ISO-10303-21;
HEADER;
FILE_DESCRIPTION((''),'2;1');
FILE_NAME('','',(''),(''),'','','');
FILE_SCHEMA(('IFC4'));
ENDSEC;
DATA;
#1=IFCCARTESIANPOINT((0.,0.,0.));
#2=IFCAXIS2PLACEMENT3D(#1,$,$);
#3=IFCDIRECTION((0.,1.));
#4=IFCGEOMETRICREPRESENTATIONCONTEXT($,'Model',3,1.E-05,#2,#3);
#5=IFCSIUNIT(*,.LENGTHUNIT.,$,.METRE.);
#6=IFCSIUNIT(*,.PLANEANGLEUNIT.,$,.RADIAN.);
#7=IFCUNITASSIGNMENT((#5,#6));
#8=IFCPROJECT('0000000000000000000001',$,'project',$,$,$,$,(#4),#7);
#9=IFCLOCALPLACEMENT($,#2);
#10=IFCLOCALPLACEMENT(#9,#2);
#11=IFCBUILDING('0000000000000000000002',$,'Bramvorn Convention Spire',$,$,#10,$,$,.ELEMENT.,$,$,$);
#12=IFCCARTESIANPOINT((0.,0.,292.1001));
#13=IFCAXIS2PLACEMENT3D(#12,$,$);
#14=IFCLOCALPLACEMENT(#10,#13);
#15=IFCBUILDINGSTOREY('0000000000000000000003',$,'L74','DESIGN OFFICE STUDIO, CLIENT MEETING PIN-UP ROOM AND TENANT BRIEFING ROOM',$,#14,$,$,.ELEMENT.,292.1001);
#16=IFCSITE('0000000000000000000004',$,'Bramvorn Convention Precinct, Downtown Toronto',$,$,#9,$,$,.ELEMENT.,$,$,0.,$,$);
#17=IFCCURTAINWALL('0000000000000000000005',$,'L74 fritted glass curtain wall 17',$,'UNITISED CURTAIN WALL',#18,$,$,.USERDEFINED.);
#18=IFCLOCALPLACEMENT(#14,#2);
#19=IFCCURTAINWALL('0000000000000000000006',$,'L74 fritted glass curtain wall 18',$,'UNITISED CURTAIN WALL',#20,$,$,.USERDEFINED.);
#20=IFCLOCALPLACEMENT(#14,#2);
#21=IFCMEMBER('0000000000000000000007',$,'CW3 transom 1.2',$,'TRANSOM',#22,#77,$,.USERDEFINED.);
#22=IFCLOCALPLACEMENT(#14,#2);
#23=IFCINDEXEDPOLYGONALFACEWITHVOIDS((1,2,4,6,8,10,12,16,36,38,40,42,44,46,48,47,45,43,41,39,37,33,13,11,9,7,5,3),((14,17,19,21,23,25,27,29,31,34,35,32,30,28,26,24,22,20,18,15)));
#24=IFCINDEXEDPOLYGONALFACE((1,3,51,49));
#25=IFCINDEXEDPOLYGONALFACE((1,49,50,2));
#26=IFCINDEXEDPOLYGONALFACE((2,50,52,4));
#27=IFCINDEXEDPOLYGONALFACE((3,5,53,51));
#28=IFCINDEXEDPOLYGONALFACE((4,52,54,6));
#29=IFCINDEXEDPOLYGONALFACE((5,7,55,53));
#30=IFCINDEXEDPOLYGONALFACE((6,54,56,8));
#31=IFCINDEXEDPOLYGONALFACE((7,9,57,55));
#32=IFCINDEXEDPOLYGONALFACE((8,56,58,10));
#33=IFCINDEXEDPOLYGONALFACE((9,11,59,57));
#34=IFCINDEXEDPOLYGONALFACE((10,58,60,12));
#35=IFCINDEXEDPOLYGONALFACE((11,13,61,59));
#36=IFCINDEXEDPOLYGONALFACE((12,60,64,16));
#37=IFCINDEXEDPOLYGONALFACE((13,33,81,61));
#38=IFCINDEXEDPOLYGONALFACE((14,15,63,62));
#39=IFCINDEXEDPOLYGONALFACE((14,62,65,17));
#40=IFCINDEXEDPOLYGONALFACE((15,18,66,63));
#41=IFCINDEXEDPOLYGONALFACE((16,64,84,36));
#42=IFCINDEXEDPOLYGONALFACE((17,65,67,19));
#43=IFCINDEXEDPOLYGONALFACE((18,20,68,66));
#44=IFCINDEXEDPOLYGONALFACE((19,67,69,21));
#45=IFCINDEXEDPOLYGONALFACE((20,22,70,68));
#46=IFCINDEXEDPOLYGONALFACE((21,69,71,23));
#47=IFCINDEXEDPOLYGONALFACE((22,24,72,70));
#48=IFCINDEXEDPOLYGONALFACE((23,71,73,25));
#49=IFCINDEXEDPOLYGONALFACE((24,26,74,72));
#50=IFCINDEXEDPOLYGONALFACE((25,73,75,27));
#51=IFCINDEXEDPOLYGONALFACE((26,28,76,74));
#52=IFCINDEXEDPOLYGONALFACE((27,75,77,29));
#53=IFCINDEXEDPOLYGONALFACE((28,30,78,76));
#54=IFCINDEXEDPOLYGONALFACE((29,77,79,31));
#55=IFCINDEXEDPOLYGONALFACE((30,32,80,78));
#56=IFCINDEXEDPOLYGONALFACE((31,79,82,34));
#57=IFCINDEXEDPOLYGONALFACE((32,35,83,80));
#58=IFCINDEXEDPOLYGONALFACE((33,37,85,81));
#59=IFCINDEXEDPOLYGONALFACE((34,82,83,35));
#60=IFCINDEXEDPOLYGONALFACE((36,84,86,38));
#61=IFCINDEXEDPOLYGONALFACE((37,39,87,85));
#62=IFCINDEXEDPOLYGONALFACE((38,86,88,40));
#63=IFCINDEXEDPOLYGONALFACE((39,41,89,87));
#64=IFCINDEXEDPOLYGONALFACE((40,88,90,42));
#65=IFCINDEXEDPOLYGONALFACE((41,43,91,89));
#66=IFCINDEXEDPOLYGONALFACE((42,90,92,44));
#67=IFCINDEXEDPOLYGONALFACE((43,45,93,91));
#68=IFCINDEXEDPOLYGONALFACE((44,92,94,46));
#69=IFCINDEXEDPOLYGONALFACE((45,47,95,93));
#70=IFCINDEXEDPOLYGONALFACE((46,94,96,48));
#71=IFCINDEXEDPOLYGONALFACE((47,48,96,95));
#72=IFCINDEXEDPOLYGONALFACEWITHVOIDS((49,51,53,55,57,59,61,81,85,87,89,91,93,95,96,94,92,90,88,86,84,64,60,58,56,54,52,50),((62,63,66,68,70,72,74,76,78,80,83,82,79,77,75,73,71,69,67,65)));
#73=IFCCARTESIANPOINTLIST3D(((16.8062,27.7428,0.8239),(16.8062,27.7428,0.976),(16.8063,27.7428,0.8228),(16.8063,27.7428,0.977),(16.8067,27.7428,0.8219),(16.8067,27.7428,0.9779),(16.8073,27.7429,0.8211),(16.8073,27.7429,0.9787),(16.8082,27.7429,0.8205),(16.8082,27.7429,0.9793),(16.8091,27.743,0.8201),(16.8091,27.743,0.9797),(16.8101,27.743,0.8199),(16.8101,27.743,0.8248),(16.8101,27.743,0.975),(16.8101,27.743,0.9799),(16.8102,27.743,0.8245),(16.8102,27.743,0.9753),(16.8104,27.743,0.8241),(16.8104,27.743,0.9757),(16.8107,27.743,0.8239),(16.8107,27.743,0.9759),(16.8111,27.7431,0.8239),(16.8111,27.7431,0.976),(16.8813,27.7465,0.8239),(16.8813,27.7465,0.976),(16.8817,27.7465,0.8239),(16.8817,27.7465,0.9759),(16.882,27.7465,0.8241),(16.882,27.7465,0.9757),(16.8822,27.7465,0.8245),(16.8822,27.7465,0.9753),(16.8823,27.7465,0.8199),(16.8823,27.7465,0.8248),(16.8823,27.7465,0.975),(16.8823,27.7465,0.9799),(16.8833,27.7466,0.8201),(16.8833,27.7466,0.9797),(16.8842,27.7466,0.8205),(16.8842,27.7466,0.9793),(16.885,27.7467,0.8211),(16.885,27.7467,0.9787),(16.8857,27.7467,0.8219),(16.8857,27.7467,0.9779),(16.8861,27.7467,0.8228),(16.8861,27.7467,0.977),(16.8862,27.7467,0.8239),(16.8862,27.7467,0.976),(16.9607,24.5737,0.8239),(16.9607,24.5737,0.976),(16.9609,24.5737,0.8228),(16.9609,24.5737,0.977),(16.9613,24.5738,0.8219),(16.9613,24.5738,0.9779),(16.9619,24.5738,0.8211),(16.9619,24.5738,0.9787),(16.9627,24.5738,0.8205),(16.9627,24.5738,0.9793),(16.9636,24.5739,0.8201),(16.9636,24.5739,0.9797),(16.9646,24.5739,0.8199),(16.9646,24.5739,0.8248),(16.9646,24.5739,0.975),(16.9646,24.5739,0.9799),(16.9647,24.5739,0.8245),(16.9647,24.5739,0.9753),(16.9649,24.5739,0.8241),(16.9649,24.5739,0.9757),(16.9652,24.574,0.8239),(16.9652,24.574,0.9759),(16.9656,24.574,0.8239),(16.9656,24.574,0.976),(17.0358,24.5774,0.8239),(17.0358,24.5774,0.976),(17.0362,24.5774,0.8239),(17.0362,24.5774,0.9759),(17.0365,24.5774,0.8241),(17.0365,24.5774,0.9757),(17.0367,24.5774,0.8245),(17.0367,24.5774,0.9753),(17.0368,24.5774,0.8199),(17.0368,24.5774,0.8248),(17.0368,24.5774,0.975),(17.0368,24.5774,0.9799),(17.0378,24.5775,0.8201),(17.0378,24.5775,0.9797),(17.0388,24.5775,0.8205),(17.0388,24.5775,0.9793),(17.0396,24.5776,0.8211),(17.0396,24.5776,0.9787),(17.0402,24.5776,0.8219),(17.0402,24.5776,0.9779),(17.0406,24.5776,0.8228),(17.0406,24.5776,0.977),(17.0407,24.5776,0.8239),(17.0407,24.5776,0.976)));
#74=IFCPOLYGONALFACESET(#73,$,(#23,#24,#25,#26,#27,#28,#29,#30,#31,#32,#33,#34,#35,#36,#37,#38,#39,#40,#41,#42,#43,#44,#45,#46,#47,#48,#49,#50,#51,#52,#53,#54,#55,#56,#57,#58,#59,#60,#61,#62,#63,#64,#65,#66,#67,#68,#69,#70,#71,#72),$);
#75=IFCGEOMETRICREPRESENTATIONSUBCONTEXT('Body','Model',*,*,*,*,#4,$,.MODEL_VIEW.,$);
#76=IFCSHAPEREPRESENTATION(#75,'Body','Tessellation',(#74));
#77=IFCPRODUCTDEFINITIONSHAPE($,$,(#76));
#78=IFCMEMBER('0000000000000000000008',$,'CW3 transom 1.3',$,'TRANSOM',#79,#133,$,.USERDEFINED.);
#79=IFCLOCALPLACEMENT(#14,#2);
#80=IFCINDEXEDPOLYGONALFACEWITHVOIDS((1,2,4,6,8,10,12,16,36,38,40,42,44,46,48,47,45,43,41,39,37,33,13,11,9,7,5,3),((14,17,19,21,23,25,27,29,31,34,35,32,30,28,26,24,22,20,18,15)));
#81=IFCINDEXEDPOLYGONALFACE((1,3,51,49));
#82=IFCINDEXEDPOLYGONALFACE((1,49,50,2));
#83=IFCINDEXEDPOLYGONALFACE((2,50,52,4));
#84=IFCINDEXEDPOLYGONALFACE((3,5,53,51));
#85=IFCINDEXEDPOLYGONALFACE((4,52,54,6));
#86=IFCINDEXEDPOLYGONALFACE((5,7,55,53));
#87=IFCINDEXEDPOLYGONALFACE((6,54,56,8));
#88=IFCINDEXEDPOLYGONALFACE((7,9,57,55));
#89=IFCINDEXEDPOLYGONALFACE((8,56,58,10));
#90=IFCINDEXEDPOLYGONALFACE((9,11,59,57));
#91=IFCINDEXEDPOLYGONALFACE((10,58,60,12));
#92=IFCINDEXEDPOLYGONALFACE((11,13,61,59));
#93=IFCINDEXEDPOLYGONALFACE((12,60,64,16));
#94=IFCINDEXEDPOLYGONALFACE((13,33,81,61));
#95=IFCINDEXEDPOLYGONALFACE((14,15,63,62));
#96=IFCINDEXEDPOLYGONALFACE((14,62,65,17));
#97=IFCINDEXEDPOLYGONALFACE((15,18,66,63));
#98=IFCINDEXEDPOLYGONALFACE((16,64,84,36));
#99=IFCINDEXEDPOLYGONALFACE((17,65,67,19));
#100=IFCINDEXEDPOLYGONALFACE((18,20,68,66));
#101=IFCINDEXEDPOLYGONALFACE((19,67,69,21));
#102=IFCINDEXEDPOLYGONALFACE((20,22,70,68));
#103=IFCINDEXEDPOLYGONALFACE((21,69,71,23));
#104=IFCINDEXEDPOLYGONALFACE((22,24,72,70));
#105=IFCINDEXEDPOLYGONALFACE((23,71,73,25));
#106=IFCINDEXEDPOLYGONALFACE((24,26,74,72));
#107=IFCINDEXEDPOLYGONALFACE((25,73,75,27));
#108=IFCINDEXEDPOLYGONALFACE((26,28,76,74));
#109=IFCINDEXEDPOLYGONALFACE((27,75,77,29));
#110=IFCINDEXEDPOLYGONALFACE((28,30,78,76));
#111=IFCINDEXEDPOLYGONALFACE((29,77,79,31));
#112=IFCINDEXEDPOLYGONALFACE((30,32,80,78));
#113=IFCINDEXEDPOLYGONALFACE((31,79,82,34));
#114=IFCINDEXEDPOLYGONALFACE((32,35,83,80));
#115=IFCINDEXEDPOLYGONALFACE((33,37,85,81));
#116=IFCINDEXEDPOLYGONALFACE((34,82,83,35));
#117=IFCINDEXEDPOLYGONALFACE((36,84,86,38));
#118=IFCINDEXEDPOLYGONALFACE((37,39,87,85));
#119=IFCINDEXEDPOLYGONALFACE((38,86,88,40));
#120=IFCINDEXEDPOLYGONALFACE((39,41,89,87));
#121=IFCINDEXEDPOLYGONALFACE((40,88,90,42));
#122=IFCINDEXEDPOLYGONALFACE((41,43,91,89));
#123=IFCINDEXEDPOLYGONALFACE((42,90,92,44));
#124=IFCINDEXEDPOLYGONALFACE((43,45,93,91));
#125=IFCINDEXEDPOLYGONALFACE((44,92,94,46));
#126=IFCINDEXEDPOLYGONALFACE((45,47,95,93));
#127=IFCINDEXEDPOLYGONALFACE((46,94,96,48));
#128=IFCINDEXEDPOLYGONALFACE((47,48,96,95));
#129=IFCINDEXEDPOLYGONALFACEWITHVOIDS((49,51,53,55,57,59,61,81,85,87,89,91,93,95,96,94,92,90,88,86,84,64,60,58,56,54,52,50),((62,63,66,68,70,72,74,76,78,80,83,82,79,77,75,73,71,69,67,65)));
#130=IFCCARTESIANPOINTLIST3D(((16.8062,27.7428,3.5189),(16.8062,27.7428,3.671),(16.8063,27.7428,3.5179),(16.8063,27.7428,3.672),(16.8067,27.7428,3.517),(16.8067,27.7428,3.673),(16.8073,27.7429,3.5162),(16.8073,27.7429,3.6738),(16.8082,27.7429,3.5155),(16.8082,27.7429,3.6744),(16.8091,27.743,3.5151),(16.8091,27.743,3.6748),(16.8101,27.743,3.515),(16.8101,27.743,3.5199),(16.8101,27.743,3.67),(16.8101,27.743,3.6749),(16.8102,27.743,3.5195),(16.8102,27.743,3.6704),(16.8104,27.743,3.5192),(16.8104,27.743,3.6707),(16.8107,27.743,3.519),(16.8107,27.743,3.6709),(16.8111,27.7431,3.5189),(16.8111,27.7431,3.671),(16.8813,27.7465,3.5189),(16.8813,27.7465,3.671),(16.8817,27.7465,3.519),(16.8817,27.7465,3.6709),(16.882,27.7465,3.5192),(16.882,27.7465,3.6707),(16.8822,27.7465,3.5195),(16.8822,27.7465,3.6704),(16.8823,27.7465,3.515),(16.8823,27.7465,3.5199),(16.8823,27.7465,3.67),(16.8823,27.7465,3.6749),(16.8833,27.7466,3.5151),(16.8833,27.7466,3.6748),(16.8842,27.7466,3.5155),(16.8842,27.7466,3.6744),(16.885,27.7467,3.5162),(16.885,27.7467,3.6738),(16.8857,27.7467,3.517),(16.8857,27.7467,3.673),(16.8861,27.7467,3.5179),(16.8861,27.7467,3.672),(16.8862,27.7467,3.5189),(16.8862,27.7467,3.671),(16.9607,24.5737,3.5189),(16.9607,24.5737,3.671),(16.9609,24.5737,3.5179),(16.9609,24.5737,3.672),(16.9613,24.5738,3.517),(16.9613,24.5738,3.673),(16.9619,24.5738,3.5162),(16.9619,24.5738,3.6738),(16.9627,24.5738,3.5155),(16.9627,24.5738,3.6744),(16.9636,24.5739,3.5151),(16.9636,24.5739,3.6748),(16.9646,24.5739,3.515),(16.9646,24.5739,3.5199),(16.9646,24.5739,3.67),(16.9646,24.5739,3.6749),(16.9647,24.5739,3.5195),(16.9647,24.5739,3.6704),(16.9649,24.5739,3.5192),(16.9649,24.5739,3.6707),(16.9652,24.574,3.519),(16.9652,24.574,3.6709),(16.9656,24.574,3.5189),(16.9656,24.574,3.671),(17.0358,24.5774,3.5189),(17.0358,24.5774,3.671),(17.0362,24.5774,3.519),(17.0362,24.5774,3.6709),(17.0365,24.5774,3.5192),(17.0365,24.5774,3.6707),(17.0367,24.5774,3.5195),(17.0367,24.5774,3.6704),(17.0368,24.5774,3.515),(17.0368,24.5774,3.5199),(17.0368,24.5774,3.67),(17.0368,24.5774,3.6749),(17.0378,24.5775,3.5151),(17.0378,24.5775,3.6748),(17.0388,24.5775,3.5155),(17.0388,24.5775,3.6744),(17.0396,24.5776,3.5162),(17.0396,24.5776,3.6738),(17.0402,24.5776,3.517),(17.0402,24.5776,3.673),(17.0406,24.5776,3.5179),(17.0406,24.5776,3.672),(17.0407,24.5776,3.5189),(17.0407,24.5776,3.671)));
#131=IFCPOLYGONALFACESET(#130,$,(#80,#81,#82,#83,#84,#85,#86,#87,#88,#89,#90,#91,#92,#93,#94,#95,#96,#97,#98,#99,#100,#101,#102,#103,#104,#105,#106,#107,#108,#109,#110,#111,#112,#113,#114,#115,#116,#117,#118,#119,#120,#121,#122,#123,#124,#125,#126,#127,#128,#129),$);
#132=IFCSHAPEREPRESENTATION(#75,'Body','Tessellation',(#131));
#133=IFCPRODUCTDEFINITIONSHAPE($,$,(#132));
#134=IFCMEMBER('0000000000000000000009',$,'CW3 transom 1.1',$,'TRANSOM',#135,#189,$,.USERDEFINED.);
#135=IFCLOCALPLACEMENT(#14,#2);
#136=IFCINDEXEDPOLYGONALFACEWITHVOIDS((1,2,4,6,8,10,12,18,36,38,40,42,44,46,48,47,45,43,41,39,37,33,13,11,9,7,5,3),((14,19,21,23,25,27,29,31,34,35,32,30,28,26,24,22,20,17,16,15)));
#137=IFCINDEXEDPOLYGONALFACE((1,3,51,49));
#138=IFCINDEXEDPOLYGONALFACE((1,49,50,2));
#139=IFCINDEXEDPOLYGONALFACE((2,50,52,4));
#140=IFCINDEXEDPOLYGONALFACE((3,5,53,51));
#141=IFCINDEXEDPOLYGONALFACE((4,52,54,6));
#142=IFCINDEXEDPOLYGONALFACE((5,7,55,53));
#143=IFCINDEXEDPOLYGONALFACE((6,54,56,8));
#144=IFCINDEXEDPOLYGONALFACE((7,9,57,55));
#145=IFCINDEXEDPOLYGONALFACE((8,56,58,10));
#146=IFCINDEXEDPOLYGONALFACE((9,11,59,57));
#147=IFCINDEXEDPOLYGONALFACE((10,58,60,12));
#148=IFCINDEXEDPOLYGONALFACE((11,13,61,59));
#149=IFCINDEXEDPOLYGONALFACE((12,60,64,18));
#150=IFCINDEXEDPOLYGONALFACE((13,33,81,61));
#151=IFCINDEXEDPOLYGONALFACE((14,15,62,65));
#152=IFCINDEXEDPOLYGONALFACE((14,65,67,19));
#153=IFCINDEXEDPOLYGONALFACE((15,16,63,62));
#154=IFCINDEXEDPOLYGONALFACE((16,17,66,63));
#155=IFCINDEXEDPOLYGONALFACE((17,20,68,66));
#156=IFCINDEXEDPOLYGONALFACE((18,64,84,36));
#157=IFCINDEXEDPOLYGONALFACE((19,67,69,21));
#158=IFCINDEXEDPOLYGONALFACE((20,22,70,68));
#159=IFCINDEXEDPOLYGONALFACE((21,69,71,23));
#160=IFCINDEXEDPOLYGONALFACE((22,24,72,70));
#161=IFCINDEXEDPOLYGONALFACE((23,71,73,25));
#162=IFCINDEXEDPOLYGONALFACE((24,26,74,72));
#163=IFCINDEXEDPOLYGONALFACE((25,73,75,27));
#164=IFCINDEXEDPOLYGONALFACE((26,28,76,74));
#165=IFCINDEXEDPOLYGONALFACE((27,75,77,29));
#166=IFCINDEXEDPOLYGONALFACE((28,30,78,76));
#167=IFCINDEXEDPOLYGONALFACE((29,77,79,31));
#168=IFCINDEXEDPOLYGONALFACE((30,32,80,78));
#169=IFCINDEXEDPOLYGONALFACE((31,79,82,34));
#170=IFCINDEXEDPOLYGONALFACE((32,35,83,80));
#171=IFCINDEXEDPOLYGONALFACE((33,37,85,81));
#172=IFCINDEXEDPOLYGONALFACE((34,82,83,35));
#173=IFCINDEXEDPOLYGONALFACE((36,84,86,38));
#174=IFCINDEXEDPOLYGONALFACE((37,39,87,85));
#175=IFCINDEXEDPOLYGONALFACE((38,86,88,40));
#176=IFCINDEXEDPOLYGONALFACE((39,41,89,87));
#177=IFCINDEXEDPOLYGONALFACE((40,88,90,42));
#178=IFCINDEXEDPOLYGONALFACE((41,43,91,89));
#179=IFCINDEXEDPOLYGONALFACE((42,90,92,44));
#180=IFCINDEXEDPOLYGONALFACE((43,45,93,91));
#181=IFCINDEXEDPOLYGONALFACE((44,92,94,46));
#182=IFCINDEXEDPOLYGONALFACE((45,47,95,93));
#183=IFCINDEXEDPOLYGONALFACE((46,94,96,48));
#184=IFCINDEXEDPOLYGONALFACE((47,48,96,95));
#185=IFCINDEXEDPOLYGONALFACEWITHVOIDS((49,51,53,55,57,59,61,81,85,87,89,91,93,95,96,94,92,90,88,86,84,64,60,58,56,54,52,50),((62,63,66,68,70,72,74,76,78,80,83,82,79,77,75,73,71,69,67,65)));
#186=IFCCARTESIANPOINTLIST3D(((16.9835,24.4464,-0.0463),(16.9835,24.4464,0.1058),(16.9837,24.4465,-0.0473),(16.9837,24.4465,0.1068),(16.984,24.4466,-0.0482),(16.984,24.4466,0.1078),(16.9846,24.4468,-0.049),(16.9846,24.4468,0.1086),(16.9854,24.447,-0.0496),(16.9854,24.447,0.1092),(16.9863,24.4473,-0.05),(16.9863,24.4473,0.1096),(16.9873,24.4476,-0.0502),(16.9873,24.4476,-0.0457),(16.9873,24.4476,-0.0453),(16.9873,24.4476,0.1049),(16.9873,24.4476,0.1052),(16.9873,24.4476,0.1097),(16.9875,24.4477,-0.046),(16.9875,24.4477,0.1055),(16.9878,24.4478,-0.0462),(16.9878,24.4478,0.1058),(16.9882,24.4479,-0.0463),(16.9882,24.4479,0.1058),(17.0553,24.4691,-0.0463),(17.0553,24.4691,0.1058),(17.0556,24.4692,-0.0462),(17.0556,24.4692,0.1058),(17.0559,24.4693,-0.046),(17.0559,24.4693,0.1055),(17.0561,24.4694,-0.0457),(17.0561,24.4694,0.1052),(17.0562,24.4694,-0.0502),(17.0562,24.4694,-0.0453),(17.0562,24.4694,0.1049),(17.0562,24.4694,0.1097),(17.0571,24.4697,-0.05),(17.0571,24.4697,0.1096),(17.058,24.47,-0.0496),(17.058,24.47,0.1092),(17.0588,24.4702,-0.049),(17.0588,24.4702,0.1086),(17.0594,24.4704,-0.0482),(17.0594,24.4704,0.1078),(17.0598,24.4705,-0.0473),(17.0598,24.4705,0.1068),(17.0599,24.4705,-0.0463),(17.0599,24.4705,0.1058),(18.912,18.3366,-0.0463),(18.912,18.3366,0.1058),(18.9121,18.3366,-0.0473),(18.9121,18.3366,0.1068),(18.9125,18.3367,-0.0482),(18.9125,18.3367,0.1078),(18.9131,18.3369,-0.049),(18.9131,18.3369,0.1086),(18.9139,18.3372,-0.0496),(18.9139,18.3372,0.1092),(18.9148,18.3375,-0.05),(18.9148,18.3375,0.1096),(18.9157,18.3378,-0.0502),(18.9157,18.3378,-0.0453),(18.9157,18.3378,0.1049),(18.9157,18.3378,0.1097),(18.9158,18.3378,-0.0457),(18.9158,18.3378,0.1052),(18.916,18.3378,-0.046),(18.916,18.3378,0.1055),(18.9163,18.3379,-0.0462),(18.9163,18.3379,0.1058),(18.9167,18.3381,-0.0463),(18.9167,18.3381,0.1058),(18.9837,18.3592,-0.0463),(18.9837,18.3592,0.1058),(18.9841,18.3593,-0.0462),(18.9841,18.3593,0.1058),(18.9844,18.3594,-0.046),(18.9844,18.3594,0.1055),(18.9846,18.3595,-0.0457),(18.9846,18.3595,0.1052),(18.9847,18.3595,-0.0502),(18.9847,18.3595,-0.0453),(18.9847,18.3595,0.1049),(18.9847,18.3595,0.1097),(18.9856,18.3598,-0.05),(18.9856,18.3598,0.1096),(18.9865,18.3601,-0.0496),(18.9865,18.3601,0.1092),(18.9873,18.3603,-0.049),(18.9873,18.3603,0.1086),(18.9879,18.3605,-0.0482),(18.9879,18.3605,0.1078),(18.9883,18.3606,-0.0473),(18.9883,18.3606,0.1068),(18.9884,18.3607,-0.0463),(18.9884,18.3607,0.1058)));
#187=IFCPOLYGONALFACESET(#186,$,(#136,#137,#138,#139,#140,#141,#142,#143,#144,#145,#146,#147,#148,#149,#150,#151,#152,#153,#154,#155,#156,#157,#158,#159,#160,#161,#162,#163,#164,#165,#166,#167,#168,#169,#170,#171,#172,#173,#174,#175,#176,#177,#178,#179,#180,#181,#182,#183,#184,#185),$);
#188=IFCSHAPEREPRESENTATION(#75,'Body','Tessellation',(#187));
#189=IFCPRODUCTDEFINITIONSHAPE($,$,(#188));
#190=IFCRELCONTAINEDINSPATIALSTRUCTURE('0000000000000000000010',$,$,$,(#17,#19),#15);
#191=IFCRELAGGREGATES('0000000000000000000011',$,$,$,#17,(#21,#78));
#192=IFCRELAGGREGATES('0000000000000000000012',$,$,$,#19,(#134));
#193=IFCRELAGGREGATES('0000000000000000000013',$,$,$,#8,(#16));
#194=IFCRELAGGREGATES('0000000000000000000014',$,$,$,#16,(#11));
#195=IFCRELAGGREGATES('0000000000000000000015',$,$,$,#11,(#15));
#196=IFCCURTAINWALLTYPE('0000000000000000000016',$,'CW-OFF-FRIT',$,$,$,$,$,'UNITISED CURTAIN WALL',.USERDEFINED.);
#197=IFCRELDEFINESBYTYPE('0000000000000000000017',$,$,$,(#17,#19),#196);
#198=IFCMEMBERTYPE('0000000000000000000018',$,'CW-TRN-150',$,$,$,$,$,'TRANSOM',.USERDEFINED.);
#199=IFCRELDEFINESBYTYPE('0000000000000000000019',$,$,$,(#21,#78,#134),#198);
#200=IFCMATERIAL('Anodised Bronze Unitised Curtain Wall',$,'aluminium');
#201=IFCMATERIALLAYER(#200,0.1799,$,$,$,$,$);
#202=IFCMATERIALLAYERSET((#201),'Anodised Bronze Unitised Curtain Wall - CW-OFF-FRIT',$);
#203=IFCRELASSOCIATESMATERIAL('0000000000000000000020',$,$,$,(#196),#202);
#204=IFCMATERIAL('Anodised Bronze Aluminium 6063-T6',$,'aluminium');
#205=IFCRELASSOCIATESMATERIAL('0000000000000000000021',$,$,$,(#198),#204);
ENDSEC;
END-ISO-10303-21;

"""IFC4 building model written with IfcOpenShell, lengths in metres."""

from ifc_helpers import new_model, si_unit, direction, frame, origin, origin_2d, place, context, subcontext, project, spatial, hollow_rectangle, extrude, material, layer, layer_set, material_profile, profile_set, type_object, element, aggregate, save


model = new_model("IFC4")

# Units and contexts
model_context = context("Model", 3, precision=1e-05, world=origin(), true_north=direction((0.0, 1.0)))
body_context = subcontext(model_context, "Body", "Model", "MODEL_VIEW")
ifc_project = project(units=[si_unit("LENGTHUNIT", "METRE"), si_unit("PLANEANGLEUNIT", "RADIAN")], contexts=[model_context])

# Site, building, storey
site_placement = place(None, origin())
site = spatial("IfcSite", under=ifc_project, at=site_placement, Name="Bramvorn Convention Precinct, Downtown Toronto", CompositionType="ELEMENT", RefElevation=0.0)
building_placement = place(site_placement, origin())
building = spatial("IfcBuilding", under=site, at=building_placement, Name="Bramvorn Convention Spire", CompositionType="ELEMENT")
storey_placement = place(building_placement, frame((0.0, 0.0, 292.1001)))
storey = spatial("IfcBuildingStorey", under=building, at=storey_placement, Name="L74", Description="DESIGN OFFICE STUDIO, CLIENT MEETING PIN-UP ROOM AND TENANT BRIEFING ROOM", CompositionType="ELEMENT", Elevation=292.1001)

# Curtain walls
ifc_material_1 = material(Name="Anodised Bronze Unitised Curtain Wall", Category="aluminium")
ifc_layer_1 = layer(ifc_material_1, 0.1799)
ifc_layer_set_1 = layer_set([ifc_layer_1], Name="Anodised Bronze Unitised Curtain Wall - CW-OFF-FRIT")
curtain_wall_type = type_object("IfcCurtainWallType", Name="CW-OFF-FRIT", ElementType="UNITISED CURTAIN WALL", PredefinedType="USERDEFINED", material=ifc_layer_set_1)
curtain_wall_1_placement = place(storey_placement, origin())
curtain_wall_1 = element("IfcCurtainWall", 1, at=curtain_wall_1_placement, inside=storey, type_object=curtain_wall_type, Name="L74 fritted glass curtain wall 17", ObjectType="UNITISED CURTAIN WALL", PredefinedType="USERDEFINED")
ifc_material_2 = material(Name="Anodised Bronze Aluminium 6063-T6", Category="aluminium")
curtain_wall_2_placement = place(storey_placement, origin())
curtain_wall_2 = element("IfcCurtainWall", 2, at=curtain_wall_2_placement, inside=storey, type_object=curtain_wall_type, Name="L74 fritted glass curtain wall 18", ObjectType="UNITISED CURTAIN WALL", PredefinedType="USERDEFINED")

# Members
ifc_material_profile_1 = material_profile(ifc_material_2, hollow_rectangle(XDim=0.0801, YDim=0.1599, WallThickness=0.0039, InnerFilletRadius=0.001, OuterFilletRadius=0.0039, at=origin_2d()))
ifc_profile_set_1 = profile_set([ifc_material_profile_1], Name="Anodised Bronze Aluminium 6063-T6 - CWT80X160")
member_type_1 = type_object("IfcMemberType", Name="CW-TRN-150", ElementType="TRANSOM", PredefinedType="USERDEFINED", material=ifc_profile_set_1)
member_1_placement = place(storey_placement, frame((17.0007, 24.5757, 0.8999), z_axis=(-0.048706, 0.998813, 0.0), x_axis=(-0.998813, -0.048706, 0.0)))
member_1 = element("IfcMember", 3, at=member_1_placement, type_object=member_type_1, Name="CW3 transom 1.2", ObjectType="TRANSOM", PredefinedType="USERDEFINED", context=body_context, shape_type="SweptSolid", body=[
    extrude(hollow_rectangle(XDim=0.0801, YDim=0.1599, WallThickness=0.0039, InnerFilletRadius=0.001, OuterFilletRadius=0.0039, at=origin_2d()), origin(), (0.0, 0.0, 1.0), 3.1729),
])
member_2_placement = place(storey_placement, frame((17.0007, 24.5757, 3.595), z_axis=(-0.048706, 0.998813, 0.0), x_axis=(-0.998813, -0.048706, 0.0)))
member_2 = element("IfcMember", 4, at=member_2_placement, type_object=member_type_1, Name="CW3 transom 1.3", ObjectType="TRANSOM", PredefinedType="USERDEFINED", context=body_context, shape_type="SweptSolid", body=[
    extrude(hollow_rectangle(XDim=0.0801, YDim=0.1599, WallThickness=0.0039, InnerFilletRadius=0.001, OuterFilletRadius=0.0039, at=origin_2d()), origin(), (0.0, 0.0, 1.0), 3.1729),
])
aggregate(curtain_wall_1, [member_1, member_2])
member_3_placement = place(storey_placement, frame((18.9502, 18.3486, 0.0298), z_axis=(-0.300995, 0.953626, 0.0), x_axis=(-0.953626, -0.300995, 0.0)))
member_3 = element("IfcMember", 5, at=member_3_placement, type_object=member_type_1, Name="CW3 transom 1.1", ObjectType="TRANSOM", PredefinedType="USERDEFINED", context=body_context, shape_type="SweptSolid", body=[
    extrude(hollow_rectangle(XDim=0.0801, YDim=0.1599, WallThickness=0.0039, InnerFilletRadius=0.001, OuterFilletRadius=0.0039, at=origin_2d()), origin(), (0.0, 0.0, 1.0), 6.407),
])

aggregate(curtain_wall_2, [member_3])

save(model, "model.ifc")
